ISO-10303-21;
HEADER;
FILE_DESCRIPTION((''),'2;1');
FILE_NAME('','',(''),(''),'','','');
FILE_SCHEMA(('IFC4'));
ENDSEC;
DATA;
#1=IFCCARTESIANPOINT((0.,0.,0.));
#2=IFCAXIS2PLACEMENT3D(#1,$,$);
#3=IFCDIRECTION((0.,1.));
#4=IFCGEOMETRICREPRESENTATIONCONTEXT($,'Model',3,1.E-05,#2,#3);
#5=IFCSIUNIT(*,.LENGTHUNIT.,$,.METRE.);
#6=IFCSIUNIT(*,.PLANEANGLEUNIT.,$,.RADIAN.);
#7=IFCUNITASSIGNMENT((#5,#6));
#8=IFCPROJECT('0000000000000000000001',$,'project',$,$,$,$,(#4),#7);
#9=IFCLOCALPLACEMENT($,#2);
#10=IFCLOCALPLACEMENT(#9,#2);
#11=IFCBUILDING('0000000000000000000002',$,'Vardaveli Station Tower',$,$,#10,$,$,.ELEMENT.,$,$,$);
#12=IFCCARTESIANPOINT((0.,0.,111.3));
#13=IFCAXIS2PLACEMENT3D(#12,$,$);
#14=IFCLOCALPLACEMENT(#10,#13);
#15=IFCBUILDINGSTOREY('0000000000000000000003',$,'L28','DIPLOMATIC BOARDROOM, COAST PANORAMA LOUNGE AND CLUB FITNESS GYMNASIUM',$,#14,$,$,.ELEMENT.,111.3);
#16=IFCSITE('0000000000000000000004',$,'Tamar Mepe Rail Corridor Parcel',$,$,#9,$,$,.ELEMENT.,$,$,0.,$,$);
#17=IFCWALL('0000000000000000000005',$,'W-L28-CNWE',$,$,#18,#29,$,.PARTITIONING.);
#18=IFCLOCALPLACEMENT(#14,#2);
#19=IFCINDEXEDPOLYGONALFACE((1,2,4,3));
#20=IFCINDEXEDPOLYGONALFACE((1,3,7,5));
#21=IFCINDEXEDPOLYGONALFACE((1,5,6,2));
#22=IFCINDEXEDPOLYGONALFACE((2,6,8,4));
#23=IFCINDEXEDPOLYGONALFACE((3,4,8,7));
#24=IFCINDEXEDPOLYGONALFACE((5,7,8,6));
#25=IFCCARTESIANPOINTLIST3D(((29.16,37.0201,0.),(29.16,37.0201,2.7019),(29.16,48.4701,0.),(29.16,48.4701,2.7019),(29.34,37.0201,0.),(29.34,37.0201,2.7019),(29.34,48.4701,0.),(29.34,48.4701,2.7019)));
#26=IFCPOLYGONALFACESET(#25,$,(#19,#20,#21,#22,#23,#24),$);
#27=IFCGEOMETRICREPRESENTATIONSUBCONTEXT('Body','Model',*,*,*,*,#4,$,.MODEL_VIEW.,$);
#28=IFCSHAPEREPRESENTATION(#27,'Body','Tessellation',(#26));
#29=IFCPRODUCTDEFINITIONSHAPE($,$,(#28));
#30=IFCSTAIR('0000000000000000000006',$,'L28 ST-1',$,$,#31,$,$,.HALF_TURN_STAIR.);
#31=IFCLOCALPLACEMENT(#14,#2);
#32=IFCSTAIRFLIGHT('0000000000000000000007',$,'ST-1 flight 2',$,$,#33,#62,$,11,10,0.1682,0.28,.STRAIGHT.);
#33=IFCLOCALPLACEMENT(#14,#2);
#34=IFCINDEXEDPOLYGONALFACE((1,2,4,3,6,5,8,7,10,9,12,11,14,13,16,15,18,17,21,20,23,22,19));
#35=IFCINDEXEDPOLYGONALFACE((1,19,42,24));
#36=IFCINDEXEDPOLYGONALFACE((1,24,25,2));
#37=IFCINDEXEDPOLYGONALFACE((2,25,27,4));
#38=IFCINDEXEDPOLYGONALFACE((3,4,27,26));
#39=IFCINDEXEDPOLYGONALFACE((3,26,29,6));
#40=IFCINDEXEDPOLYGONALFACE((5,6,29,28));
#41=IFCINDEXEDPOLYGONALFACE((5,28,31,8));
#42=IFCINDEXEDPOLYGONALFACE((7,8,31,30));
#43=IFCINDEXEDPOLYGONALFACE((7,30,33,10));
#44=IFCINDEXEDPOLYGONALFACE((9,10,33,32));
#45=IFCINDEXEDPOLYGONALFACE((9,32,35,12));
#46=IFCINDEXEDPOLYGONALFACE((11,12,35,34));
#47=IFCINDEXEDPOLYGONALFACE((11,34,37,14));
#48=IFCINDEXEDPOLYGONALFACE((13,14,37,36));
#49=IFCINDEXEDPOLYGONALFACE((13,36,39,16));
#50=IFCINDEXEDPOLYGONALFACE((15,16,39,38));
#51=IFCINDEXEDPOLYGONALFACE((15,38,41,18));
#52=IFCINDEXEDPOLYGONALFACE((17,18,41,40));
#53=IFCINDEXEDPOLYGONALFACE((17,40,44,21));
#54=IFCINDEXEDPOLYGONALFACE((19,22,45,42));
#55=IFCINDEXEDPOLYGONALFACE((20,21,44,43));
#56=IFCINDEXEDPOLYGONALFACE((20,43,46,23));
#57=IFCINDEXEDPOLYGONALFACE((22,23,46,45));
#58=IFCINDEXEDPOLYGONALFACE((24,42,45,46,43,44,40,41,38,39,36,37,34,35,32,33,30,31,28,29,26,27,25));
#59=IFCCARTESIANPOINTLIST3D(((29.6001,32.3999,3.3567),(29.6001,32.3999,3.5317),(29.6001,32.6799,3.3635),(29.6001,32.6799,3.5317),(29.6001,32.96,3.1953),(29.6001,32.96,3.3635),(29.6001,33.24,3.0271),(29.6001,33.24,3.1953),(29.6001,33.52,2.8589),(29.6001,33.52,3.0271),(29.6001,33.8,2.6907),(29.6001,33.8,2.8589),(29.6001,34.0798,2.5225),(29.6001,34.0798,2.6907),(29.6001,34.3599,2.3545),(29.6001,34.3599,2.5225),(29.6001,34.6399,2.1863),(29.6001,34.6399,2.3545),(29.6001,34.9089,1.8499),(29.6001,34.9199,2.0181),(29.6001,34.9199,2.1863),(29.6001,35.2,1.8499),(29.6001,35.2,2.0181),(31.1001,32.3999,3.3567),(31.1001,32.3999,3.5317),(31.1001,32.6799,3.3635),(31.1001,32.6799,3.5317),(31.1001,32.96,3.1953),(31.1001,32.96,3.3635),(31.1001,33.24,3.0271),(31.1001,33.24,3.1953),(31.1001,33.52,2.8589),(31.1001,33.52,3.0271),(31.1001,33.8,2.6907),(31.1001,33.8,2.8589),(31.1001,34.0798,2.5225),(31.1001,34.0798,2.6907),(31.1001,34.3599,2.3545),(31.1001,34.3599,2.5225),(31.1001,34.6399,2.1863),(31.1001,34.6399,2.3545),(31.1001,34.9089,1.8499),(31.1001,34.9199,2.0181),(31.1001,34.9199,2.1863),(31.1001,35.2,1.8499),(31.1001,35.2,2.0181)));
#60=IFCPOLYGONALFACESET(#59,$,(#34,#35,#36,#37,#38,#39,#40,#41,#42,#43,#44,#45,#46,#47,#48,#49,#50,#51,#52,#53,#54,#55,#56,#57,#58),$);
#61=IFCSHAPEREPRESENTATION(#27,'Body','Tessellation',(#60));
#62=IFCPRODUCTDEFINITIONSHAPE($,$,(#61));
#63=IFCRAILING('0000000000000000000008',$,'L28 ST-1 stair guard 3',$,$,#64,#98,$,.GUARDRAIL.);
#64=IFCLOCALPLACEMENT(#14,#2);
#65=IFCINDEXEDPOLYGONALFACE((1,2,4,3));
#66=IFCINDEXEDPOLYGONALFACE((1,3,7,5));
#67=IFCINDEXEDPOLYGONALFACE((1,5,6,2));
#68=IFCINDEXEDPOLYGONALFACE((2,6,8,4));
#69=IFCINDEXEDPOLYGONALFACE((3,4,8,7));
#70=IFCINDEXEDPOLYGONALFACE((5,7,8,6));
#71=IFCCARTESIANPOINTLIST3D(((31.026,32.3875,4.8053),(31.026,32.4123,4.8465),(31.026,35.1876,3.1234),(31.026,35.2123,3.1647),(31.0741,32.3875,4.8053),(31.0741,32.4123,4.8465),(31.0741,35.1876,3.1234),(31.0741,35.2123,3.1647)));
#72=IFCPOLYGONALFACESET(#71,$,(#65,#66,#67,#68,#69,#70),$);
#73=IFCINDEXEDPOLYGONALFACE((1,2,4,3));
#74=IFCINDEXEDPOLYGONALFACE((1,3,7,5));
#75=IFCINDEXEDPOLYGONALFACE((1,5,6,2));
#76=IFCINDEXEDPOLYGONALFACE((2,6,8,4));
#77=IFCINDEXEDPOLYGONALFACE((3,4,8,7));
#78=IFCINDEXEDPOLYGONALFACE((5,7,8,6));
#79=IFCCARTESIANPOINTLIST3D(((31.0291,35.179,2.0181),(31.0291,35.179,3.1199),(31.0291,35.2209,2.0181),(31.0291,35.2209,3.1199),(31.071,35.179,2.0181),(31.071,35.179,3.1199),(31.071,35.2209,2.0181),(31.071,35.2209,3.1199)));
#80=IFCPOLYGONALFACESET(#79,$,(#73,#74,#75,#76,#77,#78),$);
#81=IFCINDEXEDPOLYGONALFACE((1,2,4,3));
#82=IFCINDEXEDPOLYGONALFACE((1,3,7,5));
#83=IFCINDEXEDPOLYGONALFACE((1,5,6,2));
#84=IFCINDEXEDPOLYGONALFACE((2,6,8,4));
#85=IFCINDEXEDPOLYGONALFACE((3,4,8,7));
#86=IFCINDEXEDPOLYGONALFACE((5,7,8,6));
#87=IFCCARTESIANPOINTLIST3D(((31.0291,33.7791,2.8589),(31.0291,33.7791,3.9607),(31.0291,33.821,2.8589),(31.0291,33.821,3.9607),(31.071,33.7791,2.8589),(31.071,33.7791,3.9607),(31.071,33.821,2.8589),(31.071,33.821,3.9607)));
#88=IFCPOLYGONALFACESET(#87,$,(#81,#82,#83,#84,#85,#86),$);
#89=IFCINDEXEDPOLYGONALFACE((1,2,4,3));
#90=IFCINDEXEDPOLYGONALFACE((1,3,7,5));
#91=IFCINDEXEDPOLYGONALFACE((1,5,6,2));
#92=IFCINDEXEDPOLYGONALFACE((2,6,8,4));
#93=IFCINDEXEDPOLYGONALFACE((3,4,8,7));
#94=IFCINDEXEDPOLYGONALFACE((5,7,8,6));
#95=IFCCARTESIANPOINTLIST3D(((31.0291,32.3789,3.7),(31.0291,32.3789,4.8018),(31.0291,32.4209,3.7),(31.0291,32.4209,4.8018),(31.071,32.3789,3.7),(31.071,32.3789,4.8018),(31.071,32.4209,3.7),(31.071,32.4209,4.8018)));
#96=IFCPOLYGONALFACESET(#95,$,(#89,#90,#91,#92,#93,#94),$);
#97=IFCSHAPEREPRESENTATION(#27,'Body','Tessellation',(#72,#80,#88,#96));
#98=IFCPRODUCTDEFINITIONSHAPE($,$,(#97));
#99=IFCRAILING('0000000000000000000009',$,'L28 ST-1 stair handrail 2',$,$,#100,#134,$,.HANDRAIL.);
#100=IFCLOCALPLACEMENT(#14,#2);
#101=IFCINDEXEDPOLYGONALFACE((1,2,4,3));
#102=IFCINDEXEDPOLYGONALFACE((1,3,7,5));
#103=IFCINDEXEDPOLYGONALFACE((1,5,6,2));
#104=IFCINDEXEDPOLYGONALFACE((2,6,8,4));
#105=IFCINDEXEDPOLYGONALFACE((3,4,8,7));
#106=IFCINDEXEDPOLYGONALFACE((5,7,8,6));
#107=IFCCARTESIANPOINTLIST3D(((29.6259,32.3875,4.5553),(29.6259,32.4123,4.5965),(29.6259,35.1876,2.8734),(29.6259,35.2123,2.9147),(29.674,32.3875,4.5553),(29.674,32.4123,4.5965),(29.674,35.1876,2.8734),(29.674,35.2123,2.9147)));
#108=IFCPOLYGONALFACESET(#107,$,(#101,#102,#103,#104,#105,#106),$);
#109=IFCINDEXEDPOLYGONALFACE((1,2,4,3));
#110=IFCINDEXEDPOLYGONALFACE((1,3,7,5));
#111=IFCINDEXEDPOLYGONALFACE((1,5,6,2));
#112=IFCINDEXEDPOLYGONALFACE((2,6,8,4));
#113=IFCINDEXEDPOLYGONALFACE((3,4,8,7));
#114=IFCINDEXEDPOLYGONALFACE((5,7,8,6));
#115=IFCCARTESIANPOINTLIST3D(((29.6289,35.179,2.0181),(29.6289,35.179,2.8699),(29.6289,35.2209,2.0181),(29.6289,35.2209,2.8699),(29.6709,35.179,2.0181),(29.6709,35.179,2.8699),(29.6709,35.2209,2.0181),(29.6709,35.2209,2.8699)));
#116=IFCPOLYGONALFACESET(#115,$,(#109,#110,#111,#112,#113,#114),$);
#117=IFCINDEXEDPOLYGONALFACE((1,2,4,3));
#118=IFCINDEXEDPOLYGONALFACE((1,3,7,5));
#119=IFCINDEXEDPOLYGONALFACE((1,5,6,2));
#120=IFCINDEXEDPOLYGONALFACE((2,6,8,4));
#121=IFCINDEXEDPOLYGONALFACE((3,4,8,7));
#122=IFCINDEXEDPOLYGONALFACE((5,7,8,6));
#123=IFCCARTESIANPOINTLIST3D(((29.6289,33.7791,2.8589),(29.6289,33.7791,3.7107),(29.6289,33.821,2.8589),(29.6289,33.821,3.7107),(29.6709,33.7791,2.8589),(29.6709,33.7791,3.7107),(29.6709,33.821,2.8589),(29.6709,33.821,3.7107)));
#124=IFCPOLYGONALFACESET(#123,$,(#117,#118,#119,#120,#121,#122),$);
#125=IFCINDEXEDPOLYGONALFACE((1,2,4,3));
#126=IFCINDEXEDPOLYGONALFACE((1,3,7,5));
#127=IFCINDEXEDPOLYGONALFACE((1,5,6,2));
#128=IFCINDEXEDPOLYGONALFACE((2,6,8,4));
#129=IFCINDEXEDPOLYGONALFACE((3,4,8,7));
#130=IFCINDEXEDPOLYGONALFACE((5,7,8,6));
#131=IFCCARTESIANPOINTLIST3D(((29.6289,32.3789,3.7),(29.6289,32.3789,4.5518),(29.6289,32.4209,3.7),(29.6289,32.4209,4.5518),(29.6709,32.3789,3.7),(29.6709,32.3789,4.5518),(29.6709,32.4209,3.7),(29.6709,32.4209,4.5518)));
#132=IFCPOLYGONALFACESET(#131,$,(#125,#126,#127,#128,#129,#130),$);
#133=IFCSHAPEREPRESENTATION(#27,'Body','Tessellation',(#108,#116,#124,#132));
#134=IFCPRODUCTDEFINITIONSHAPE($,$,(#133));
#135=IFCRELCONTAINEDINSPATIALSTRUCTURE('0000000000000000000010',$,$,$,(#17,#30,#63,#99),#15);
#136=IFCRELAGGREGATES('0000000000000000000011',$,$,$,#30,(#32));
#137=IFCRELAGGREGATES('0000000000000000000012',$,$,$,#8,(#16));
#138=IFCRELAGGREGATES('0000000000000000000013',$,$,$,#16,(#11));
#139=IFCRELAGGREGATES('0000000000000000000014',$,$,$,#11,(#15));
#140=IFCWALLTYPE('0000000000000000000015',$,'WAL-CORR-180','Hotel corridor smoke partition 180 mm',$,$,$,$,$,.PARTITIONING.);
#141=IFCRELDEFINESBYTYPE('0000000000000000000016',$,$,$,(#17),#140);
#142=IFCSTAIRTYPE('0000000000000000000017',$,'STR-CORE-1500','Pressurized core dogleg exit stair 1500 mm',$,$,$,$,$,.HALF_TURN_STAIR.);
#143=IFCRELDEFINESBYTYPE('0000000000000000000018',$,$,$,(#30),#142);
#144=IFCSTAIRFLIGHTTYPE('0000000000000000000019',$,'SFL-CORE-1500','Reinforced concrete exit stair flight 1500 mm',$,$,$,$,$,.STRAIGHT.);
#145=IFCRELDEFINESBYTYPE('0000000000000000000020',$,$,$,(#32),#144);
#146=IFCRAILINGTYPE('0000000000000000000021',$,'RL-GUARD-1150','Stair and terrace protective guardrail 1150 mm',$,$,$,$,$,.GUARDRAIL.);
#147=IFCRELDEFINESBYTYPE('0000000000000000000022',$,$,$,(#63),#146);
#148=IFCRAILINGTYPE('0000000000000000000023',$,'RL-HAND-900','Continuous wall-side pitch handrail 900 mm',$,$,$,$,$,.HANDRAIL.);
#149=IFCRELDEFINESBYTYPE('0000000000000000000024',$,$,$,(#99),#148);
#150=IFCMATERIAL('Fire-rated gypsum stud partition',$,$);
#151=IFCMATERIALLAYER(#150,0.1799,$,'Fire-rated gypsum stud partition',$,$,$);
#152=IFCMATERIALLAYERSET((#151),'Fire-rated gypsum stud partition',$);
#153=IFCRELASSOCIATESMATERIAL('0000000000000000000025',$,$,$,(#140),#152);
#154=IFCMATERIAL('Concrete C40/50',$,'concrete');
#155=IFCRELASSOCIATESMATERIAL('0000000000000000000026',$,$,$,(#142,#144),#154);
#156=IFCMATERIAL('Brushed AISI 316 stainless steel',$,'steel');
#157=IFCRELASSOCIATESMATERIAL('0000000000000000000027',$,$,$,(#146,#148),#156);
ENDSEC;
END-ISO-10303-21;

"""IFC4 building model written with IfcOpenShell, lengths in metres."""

from ifc_helpers import new_model, si_unit, direction, frame, frame_2d, origin, origin_2d, place, context, subcontext, project, spatial, polyline, rectangle, outline, extrude, source, transform, mapped, material, layer, layer_set, type_object, element, aggregate, save


model = new_model("IFC4")

# Units and contexts
model_context = context("Model", 3, precision=1e-05, world=origin(), true_north=direction((0.0, 1.0)))
body_context = subcontext(model_context, "Body", "Model", "MODEL_VIEW")
ifc_project = project(units=[si_unit("LENGTHUNIT", "METRE"), si_unit("PLANEANGLEUNIT", "RADIAN")], contexts=[model_context])

# Site, building, storey
site_placement = place(None, origin())
site = spatial("IfcSite", under=ifc_project, at=site_placement, Name="Tamar Mepe Rail Corridor Parcel", CompositionType="ELEMENT", RefElevation=0.0)
building_placement = place(site_placement, origin())
building = spatial("IfcBuilding", under=site, at=building_placement, Name="Vardaveli Station Tower", CompositionType="ELEMENT")
storey_placement = place(building_placement, frame((0.0, 0.0, 111.3)))
storey = spatial("IfcBuildingStorey", under=building, at=storey_placement, Name="L28", Description="DIPLOMATIC BOARDROOM, COAST PANORAMA LOUNGE AND CLUB FITNESS GYMNASIUM", CompositionType="ELEMENT", Elevation=111.3)

# Shared definitions
ifc_material_1 = material(Name="Concrete C40/50", Category="concrete")

# Shared definitions
ifc_material_2 = material(Name="Fire-rated gypsum stud partition")
ifc_layer_1 = layer(ifc_material_2, 0.1799, Name="Fire-rated gypsum stud partition")
ifc_layer_set_1 = layer_set([ifc_layer_1], Name="Fire-rated gypsum stud partition")
wall_type_1 = type_object("IfcWallType", Name="WAL-CORR-180", Description="Hotel corridor smoke partition 180 mm", PredefinedType="PARTITIONING", material=ifc_layer_set_1)

# Wall
shared_shape_1 = source(origin(), body_context, "Body", "SweptSolid", [
    extrude(rectangle(XDim=11.45, YDim=0.1799, at=frame_2d((5.7251, 0.0))), origin(), (0.0, 0.0, 1.0), 2.7019),
])
wall_1_placement = place(storey_placement, frame((29.25, 37.02, 0.0), z_axis=(0.0, 0.0, 1.0), x_axis=(0.0, 1.0, 0.0)))
element("IfcWall", 1, at=wall_1_placement, inside=storey, type_object=wall_type_1, Name="W-L28-CNWE", PredefinedType="PARTITIONING", context=body_context, shape_type="MappedRepresentation", body=[
    mapped(shared_shape_1, transform((0.0, 0.0, 0.0), scale=1.0)),
])

# Stair, stair flight
stair_type = type_object("IfcStairType", Name="STR-CORE-1500", Description="Pressurized core dogleg exit stair 1500 mm", PredefinedType="HALF_TURN_STAIR", material=ifc_material_1)
stair_placement = place(storey_placement, origin())
stair = element("IfcStair", 2, at=stair_placement, inside=storey, type_object=stair_type, Name="L28 ST-1", PredefinedType="HALF_TURN_STAIR")
stair_flight_type = type_object("IfcStairFlightType", Name="SFL-CORE-1500", Description="Reinforced concrete exit stair flight 1500 mm", PredefinedType="STRAIGHT", material=ifc_material_1)
shared_shape_2 = source(origin(), body_context, "Body", "SweptSolid", [
    extrude(outline(polyline([(0.0, 0.0), (0.0, 0.1682), (0.28, 0.1682), (0.28, 0.3364), (0.5601, 0.3364), (0.5601, 0.5046), (0.8401, 0.5046), (0.8401, 0.6726), (1.1201, 0.6726), (1.1201, 0.8408), (1.3999, 0.8408), (1.3999, 1.009), (1.6799, 1.009), (1.6799, 1.1772), (1.96, 1.1772), (1.96, 1.3455), (2.24, 1.3455), (2.24, 1.5137), (2.52, 1.5137), (2.52, 1.6819), (2.8, 1.6819), (2.8, 1.8501), (2.8, 1.5068), (0.291, 0.0), (0.0, 0.0)])), frame((0.0, 0.75, 0.0), z_axis=(0.0, -1.0, 0.0), x_axis=(1.0, 0.0, 0.0)), (0.0, 0.0, 1.0), 1.5),
])
stair_flight_placement = place(storey_placement, frame((30.3501, 35.2, 1.8499), z_axis=(0.0, 0.0, 1.0), x_axis=(0.0, -1.0, 0.0)))
stair_flight = element("IfcStairFlight", 3, at=stair_flight_placement, type_object=stair_flight_type, Name="ST-1 flight 2", NumberOfRisers=11, NumberOfTreads=10, PredefinedType="STRAIGHT", RiserHeight=0.1682, TreadLength=0.28, context=body_context, shape_type="MappedRepresentation", body=[
    mapped(shared_shape_2, transform((0.0, 0.0, 0.0), scale=1.0)),
])
aggregate(stair, [stair_flight])

# Railings
ifc_material_3 = material(Name="Brushed AISI 316 stainless steel", Category="steel")
railing_type_1 = type_object("IfcRailingType", Name="RL-GUARD-1150", Description="Stair and terrace protective guardrail 1150 mm", PredefinedType="GUARDRAIL", material=ifc_material_3)
shared_shape_3 = source(origin(), body_context, "Body", "SweptSolid", [
    extrude(rectangle(XDim=0.0481, YDim=0.0481, at=origin_2d()), frame((0.0, 0.0, 1.126), z_axis=(0.0, -0.857242, 0.514913), x_axis=(1.0, 0.0, 0.0)), (0.0, 0.0, 1.0), 3.2664),
    extrude(rectangle(XDim=0.042, YDim=0.042, at=origin_2d()), origin(), (0.0, 0.0, 1.0), 1.1018),
    extrude(rectangle(XDim=0.042, YDim=0.042, at=origin_2d()), frame((0.0, -1.3999, 0.8408)), (0.0, 0.0, 1.0), 1.1018),
    extrude(rectangle(XDim=0.042, YDim=0.042, at=origin_2d()), frame((0.0, -2.8, 1.6819)), (0.0, 0.0, 1.0), 1.1018),
])
railing_1_placement = place(storey_placement, frame((31.05, 35.2, 2.0181)))
element("IfcRailing", 4, at=railing_1_placement, inside=storey, type_object=railing_type_1, Name="L28 ST-1 stair guard 3", PredefinedType="GUARDRAIL", context=body_context, shape_type="MappedRepresentation", body=[
    mapped(shared_shape_3, transform((0.0, 0.0, 0.0), scale=1.0)),
])
railing_type_2 = type_object("IfcRailingType", Name="RL-HAND-900", Description="Continuous wall-side pitch handrail 900 mm", PredefinedType="HANDRAIL", material=ifc_material_3)
shared_shape_4 = source(origin(), body_context, "Body", "SweptSolid", [
    extrude(rectangle(XDim=0.0481, YDim=0.0481, at=origin_2d()), frame((0.0, 0.0, 0.876), z_axis=(0.0, -0.857242, 0.514913), x_axis=(1.0, 0.0, 0.0)), (0.0, 0.0, 1.0), 3.2664),
    extrude(rectangle(XDim=0.042, YDim=0.042, at=origin_2d()), origin(), (0.0, 0.0, 1.0), 0.8518),
    extrude(rectangle(XDim=0.042, YDim=0.042, at=origin_2d()), frame((0.0, -1.3999, 0.8408)), (0.0, 0.0, 1.0), 0.8518),
    extrude(rectangle(XDim=0.042, YDim=0.042, at=origin_2d()), frame((0.0, -2.8, 1.6819)), (0.0, 0.0, 1.0), 0.8518),
])
railing_2_placement = place(storey_placement, frame((29.6499, 35.2, 2.0181)))
element("IfcRailing", 5, at=railing_2_placement, inside=storey, type_object=railing_type_2, Name="L28 ST-1 stair handrail 2", PredefinedType="HANDRAIL", context=body_context, shape_type="MappedRepresentation", body=[
    mapped(shared_shape_4, transform((0.0, 0.0, 0.0), scale=1.0)),
])

save(model, "model.ifc")
